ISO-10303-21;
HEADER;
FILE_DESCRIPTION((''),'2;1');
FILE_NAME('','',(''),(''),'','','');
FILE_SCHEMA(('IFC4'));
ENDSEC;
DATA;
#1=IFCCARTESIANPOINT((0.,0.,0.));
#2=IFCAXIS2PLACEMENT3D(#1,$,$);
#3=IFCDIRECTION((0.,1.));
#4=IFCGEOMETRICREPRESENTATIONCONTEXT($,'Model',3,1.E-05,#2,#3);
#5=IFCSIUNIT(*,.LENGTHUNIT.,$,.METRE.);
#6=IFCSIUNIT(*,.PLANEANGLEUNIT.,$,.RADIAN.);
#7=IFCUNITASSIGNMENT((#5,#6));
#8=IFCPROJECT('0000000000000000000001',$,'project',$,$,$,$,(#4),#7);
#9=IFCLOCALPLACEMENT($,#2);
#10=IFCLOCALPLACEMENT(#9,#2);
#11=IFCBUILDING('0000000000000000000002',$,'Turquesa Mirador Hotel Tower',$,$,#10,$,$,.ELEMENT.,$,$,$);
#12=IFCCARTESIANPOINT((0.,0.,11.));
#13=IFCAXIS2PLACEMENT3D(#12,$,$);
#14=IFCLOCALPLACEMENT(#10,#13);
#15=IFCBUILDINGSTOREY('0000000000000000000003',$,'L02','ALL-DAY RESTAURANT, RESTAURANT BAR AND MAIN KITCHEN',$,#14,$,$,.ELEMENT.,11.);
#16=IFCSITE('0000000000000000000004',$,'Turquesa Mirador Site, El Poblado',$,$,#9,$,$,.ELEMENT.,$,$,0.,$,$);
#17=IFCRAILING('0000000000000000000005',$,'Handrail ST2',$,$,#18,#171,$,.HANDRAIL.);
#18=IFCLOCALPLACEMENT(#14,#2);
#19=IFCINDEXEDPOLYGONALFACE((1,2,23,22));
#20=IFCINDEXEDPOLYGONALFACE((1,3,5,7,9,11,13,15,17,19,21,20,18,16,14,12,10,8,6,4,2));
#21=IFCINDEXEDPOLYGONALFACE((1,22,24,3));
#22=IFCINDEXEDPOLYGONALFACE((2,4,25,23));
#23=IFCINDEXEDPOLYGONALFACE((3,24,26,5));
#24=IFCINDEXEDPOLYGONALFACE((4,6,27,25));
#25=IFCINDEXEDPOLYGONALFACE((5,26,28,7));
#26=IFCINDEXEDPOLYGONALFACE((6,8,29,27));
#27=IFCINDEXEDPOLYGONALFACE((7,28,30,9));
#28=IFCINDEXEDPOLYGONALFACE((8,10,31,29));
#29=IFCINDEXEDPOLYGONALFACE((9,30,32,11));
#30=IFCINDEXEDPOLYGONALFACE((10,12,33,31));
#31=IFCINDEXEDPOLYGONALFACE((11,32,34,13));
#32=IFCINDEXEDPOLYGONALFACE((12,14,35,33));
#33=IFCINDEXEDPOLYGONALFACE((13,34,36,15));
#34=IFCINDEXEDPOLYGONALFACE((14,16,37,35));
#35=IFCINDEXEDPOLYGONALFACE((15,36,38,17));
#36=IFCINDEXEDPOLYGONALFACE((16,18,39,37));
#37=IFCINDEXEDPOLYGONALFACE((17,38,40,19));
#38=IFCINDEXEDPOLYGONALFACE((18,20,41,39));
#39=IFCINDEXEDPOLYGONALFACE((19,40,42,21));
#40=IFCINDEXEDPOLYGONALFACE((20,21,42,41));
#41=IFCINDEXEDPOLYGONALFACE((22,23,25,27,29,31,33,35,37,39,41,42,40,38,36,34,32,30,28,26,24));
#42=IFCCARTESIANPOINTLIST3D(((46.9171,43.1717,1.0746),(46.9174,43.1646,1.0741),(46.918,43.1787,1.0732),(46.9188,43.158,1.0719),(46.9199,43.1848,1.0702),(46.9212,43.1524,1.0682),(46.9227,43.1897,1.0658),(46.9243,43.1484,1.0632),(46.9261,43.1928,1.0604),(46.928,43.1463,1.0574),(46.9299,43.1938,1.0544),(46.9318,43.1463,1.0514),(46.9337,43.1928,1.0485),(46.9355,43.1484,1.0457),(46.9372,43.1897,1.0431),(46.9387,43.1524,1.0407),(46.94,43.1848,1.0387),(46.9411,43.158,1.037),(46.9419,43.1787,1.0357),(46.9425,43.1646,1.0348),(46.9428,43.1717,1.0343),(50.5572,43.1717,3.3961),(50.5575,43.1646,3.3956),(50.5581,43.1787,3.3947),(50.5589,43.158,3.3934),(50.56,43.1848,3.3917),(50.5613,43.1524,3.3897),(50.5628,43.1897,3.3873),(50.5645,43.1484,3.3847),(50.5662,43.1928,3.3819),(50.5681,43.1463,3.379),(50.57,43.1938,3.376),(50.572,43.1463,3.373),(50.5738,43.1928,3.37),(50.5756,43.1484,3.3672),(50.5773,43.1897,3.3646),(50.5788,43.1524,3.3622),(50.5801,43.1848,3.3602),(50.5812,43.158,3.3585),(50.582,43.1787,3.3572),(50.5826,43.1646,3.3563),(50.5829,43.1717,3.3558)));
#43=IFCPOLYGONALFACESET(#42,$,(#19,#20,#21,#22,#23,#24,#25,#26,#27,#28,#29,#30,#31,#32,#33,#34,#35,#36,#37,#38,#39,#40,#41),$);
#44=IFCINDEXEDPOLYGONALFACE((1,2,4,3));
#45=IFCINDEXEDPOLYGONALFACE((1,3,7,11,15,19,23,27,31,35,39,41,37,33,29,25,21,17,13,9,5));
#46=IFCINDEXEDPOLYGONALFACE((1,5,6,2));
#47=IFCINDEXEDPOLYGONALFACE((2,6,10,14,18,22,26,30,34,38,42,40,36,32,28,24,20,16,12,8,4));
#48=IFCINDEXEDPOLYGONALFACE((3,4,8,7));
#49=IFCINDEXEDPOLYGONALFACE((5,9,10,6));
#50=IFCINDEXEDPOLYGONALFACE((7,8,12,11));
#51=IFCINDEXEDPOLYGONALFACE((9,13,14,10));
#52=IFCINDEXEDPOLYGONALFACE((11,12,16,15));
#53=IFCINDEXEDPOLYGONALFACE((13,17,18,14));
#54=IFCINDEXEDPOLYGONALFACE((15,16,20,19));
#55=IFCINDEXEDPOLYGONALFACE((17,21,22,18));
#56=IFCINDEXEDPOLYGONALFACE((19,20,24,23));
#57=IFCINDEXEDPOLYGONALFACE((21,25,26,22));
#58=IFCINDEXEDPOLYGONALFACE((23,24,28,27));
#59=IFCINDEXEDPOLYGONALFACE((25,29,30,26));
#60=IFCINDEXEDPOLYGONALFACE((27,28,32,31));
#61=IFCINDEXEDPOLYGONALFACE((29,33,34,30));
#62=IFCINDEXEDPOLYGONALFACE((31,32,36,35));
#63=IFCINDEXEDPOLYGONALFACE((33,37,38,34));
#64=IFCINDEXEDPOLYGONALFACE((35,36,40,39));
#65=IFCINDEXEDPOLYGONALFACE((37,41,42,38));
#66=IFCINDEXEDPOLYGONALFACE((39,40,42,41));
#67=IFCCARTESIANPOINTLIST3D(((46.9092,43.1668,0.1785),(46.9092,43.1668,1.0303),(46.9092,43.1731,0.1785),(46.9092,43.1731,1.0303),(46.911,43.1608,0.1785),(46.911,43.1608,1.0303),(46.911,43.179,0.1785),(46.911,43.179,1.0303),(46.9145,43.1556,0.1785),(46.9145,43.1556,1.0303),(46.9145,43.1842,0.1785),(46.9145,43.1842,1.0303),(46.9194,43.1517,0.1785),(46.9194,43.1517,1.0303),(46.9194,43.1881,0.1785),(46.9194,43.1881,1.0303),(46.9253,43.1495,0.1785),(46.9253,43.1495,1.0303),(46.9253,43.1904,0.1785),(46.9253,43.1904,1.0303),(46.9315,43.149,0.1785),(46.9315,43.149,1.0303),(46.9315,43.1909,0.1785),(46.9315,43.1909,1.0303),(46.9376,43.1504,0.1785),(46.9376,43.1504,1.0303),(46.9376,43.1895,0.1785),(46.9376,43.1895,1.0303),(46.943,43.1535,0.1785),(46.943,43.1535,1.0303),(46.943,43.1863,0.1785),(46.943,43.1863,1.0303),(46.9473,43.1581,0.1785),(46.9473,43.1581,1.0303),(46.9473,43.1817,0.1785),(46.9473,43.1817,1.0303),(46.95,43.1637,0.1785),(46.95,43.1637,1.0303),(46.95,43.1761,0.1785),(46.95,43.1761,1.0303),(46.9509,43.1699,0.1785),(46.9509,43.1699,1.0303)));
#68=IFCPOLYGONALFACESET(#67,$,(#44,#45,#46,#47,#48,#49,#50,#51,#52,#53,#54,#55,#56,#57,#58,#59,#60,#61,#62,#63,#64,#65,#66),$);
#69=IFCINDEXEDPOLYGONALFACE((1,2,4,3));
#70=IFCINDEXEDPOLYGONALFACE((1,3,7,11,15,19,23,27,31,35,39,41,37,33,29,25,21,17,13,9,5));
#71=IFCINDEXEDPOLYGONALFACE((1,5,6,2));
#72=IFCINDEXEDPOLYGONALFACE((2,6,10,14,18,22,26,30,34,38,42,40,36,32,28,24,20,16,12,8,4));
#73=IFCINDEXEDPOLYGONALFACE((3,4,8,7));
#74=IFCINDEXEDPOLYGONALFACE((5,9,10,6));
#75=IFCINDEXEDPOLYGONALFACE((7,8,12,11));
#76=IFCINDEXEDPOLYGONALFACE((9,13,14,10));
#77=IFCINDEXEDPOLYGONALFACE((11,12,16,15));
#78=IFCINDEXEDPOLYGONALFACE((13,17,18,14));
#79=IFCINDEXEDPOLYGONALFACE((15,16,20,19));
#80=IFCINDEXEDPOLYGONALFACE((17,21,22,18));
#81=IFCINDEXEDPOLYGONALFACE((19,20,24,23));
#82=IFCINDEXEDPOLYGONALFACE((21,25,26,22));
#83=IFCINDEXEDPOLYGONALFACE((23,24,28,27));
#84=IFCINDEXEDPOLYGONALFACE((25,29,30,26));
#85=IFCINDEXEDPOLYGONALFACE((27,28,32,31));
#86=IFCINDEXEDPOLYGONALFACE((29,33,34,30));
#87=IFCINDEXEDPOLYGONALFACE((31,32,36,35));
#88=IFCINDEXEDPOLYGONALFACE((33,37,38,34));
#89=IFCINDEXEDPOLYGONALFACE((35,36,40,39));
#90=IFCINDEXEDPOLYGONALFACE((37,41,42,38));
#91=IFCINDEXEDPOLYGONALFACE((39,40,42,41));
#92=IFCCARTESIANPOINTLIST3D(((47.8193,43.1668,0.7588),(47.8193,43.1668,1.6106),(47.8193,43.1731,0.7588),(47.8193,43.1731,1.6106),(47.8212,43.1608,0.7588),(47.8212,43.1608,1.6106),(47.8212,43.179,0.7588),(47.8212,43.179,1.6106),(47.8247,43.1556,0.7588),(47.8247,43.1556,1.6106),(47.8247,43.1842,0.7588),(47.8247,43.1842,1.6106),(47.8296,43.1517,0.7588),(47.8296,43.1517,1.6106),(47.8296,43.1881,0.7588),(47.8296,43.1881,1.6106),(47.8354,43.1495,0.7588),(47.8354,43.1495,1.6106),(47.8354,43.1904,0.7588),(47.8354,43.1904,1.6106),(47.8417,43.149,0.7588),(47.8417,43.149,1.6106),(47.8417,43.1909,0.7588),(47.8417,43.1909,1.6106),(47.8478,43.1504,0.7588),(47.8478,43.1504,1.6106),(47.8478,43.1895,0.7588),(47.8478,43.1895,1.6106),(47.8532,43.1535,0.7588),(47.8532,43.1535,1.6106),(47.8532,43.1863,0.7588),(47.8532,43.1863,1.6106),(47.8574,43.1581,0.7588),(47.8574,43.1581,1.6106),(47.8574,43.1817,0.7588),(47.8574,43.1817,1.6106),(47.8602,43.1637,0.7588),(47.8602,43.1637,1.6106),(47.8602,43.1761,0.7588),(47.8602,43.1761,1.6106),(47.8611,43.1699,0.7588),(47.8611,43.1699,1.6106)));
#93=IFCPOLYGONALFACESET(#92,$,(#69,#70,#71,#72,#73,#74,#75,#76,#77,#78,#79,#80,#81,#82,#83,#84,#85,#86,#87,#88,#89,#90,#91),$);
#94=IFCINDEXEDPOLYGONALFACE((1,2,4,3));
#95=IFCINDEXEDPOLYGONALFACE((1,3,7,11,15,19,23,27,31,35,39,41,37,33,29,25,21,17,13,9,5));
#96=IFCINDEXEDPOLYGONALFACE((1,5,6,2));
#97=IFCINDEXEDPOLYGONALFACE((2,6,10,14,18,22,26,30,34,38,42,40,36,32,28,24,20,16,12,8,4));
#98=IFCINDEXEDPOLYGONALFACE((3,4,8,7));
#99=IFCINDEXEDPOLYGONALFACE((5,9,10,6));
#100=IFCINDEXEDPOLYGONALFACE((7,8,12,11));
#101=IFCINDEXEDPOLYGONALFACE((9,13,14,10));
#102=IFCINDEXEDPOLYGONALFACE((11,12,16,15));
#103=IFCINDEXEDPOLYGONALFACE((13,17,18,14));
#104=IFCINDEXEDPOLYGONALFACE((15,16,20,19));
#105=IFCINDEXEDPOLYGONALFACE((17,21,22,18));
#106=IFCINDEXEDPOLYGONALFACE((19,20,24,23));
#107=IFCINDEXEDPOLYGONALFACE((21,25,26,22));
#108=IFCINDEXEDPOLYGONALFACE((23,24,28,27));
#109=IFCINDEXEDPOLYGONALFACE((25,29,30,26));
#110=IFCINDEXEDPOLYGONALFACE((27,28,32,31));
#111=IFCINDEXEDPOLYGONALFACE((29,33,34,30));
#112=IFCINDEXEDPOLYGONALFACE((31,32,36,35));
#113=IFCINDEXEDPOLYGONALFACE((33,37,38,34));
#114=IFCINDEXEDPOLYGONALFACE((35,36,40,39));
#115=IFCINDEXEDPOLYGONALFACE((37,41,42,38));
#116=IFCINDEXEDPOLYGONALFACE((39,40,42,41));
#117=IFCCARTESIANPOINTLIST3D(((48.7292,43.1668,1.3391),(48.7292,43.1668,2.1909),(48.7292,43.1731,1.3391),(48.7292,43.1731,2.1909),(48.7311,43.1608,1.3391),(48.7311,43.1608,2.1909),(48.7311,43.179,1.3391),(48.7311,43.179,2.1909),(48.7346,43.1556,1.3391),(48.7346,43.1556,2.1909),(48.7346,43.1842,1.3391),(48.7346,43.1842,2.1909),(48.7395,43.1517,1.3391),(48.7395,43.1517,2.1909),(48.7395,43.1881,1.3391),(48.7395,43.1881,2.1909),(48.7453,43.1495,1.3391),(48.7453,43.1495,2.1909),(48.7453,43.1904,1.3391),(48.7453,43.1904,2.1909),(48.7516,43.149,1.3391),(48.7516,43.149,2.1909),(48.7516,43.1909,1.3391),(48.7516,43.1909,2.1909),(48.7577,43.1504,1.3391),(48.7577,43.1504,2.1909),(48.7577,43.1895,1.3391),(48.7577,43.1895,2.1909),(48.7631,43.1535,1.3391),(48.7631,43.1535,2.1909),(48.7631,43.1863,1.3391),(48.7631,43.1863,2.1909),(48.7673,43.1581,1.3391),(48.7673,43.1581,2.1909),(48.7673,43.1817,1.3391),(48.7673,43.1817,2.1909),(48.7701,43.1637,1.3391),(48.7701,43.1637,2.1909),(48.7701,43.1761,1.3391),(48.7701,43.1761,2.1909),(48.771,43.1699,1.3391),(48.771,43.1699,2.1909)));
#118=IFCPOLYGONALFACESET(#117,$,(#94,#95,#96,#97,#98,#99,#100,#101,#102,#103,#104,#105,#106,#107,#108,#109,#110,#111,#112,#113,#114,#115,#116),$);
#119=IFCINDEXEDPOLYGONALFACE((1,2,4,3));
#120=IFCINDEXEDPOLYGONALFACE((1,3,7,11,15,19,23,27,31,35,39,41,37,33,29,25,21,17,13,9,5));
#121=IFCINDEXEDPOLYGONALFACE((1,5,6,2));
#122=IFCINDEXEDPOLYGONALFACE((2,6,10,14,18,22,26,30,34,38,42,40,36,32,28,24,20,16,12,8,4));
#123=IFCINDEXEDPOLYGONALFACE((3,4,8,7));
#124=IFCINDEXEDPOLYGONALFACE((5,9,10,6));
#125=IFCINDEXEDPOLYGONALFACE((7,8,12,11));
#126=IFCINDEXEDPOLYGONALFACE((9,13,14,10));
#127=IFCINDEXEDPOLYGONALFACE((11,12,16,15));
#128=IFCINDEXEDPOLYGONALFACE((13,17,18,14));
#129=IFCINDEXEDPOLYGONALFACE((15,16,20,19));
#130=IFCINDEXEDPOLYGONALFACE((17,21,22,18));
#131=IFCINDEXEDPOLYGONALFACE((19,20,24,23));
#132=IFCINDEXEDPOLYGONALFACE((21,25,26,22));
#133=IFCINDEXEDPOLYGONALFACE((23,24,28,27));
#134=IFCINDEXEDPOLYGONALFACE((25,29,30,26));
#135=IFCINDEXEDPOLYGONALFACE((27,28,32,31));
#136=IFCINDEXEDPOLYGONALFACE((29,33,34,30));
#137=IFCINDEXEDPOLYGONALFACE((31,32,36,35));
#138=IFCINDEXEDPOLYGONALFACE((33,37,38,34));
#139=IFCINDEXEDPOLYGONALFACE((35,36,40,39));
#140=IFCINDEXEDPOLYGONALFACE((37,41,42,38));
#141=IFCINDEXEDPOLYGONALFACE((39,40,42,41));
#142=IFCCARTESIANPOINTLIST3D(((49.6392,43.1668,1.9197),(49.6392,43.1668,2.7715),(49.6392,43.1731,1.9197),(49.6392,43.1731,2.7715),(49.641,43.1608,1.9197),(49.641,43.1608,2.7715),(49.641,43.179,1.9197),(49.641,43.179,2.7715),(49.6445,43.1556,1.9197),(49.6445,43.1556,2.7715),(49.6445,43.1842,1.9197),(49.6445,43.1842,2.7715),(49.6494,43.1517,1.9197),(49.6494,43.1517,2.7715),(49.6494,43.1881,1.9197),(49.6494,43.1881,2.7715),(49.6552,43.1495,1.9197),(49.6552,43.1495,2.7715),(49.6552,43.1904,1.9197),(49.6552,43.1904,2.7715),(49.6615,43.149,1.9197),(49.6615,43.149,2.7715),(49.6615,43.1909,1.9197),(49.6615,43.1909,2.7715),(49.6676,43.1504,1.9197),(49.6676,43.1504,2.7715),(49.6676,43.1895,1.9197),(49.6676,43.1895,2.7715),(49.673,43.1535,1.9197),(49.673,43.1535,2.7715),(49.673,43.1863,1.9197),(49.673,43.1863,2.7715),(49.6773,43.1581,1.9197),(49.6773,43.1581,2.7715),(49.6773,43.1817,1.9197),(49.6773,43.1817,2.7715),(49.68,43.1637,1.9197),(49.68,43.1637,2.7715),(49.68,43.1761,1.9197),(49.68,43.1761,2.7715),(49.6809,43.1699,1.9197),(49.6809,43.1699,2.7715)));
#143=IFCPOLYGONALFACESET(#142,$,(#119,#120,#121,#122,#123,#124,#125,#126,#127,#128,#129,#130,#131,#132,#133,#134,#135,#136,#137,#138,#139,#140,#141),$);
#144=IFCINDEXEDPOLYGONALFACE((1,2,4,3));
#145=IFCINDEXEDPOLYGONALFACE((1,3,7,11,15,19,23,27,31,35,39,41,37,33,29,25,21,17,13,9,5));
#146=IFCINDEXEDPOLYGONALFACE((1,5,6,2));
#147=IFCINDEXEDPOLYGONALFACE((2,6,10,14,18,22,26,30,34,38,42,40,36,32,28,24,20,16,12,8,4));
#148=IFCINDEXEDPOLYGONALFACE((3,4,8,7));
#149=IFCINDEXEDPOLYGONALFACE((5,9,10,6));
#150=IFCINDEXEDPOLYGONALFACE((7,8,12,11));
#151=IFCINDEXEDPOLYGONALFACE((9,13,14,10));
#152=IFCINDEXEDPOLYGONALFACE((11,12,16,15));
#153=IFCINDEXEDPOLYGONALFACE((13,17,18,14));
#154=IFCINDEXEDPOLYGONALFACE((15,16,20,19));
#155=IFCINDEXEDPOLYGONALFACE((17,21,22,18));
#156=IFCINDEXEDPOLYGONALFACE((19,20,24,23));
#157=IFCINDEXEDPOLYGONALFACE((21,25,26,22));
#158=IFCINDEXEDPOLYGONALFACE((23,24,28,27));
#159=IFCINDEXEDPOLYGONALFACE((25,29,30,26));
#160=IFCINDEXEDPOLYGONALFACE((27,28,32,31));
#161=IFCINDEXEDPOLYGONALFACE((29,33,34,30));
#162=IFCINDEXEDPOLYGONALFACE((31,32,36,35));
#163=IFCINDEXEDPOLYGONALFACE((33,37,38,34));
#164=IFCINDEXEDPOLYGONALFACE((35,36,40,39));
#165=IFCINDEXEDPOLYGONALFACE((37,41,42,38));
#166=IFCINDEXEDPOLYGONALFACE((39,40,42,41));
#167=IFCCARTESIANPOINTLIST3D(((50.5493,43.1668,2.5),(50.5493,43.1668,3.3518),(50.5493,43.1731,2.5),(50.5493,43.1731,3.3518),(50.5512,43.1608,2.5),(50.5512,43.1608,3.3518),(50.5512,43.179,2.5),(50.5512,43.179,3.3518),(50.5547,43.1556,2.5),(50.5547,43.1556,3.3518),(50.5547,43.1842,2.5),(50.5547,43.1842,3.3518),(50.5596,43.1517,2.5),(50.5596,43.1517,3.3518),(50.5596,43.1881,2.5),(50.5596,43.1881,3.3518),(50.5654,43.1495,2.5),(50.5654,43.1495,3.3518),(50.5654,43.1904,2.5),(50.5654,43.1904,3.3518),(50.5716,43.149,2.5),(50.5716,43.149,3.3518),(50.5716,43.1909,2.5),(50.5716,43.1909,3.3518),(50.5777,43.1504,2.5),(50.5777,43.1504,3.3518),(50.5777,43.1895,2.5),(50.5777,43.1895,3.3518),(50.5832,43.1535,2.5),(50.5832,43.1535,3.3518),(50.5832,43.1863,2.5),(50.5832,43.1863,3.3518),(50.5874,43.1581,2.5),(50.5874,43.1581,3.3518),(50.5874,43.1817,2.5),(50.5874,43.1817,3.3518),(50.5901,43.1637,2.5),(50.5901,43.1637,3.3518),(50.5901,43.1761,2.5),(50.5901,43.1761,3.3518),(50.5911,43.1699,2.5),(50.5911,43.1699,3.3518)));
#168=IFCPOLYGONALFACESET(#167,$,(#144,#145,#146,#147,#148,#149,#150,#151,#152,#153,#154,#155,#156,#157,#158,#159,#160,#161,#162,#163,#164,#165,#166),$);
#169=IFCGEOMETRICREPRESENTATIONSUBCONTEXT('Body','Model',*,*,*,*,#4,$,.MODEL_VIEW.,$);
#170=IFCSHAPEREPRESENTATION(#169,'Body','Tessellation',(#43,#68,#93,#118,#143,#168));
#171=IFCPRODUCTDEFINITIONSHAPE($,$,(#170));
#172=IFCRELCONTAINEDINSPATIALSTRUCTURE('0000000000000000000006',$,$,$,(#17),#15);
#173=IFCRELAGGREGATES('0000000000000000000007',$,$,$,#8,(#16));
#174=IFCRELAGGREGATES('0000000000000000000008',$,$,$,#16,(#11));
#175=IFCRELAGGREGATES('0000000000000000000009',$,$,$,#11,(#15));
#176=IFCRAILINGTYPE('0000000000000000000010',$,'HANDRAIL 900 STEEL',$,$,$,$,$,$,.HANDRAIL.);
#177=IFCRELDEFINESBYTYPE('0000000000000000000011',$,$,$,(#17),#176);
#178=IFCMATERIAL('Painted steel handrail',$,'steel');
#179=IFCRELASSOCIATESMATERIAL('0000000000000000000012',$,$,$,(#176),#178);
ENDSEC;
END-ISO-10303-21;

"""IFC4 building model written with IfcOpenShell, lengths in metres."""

from ifc_helpers import new_model, si_unit, direction, frame, origin, origin_2d, place, context, subcontext, project, spatial, circle, extrude, material, type_object, element, save


model = new_model("IFC4")

# Units and contexts
model_context = context("Model", 3, precision=1e-05, world=origin(), true_north=direction((0.0, 1.0)))
body_context = subcontext(model_context, "Body", "Model", "MODEL_VIEW")
ifc_project = project(units=[si_unit("LENGTHUNIT", "METRE"), si_unit("PLANEANGLEUNIT", "RADIAN")], contexts=[model_context])

# Site, building, storey
site_placement = place(None, origin())
site = spatial("IfcSite", under=ifc_project, at=site_placement, Name="Turquesa Mirador Site, El Poblado", CompositionType="ELEMENT", RefElevation=0.0)
building_placement = place(site_placement, origin())
building = spatial("IfcBuilding", under=site, at=building_placement, Name="Turquesa Mirador Hotel Tower", CompositionType="ELEMENT")
storey_placement = place(building_placement, frame((0.0, 0.0, 11.0)))
storey = spatial("IfcBuildingStorey", under=building, at=storey_placement, Name="L02", Description="ALL-DAY RESTAURANT, RESTAURANT BAR AND MAIN KITCHEN", CompositionType="ELEMENT", Elevation=11.0)

# Railing
ifc_material_1 = material(Name="Painted steel handrail", Category="steel")
railing_type = type_object("IfcRailingType", Name="HANDRAIL 900 STEEL", PredefinedType="HANDRAIL", material=ifc_material_1)
for number, where, name in (
    (1, (46.9299, 43.1699, 0.1785), "Handrail ST2"),
):
    element("IfcRailing", number, at=place(storey_placement, frame(where)), inside=storey, type_object=railing_type, Name=name, PredefinedType="HANDRAIL", context=body_context, shape_type="SweptSolid", body=[
        extrude(circle(Radius=0.0239, at=origin_2d()), frame((0.0, 0.0, 0.876), z_axis=(0.843128, 0.0, 0.537713), x_axis=(0.0, 1.0, 0.0)), (0.0, 0.0, 1.0), 4.3174),
        extrude(circle(Radius=0.021, at=origin_2d()), origin(), (0.0, 0.0, 1.0), 0.8518),
        extrude(circle(Radius=0.021, at=origin_2d()), frame((0.9102, 0.0, 0.5803)), (0.0, 0.0, 1.0), 0.8518),
        extrude(circle(Radius=0.021, at=origin_2d()), frame((1.8201, 0.0, 1.1606)), (0.0, 0.0, 1.0), 0.8518),
        extrude(circle(Radius=0.021, at=origin_2d()), frame((2.73, 0.0, 1.7412)), (0.0, 0.0, 1.0), 0.8518),
        extrude(circle(Radius=0.021, at=origin_2d()), frame((3.6401, 0.0, 2.3215)), (0.0, 0.0, 1.0), 0.8518),
    ])

save(model, "model.ifc")
